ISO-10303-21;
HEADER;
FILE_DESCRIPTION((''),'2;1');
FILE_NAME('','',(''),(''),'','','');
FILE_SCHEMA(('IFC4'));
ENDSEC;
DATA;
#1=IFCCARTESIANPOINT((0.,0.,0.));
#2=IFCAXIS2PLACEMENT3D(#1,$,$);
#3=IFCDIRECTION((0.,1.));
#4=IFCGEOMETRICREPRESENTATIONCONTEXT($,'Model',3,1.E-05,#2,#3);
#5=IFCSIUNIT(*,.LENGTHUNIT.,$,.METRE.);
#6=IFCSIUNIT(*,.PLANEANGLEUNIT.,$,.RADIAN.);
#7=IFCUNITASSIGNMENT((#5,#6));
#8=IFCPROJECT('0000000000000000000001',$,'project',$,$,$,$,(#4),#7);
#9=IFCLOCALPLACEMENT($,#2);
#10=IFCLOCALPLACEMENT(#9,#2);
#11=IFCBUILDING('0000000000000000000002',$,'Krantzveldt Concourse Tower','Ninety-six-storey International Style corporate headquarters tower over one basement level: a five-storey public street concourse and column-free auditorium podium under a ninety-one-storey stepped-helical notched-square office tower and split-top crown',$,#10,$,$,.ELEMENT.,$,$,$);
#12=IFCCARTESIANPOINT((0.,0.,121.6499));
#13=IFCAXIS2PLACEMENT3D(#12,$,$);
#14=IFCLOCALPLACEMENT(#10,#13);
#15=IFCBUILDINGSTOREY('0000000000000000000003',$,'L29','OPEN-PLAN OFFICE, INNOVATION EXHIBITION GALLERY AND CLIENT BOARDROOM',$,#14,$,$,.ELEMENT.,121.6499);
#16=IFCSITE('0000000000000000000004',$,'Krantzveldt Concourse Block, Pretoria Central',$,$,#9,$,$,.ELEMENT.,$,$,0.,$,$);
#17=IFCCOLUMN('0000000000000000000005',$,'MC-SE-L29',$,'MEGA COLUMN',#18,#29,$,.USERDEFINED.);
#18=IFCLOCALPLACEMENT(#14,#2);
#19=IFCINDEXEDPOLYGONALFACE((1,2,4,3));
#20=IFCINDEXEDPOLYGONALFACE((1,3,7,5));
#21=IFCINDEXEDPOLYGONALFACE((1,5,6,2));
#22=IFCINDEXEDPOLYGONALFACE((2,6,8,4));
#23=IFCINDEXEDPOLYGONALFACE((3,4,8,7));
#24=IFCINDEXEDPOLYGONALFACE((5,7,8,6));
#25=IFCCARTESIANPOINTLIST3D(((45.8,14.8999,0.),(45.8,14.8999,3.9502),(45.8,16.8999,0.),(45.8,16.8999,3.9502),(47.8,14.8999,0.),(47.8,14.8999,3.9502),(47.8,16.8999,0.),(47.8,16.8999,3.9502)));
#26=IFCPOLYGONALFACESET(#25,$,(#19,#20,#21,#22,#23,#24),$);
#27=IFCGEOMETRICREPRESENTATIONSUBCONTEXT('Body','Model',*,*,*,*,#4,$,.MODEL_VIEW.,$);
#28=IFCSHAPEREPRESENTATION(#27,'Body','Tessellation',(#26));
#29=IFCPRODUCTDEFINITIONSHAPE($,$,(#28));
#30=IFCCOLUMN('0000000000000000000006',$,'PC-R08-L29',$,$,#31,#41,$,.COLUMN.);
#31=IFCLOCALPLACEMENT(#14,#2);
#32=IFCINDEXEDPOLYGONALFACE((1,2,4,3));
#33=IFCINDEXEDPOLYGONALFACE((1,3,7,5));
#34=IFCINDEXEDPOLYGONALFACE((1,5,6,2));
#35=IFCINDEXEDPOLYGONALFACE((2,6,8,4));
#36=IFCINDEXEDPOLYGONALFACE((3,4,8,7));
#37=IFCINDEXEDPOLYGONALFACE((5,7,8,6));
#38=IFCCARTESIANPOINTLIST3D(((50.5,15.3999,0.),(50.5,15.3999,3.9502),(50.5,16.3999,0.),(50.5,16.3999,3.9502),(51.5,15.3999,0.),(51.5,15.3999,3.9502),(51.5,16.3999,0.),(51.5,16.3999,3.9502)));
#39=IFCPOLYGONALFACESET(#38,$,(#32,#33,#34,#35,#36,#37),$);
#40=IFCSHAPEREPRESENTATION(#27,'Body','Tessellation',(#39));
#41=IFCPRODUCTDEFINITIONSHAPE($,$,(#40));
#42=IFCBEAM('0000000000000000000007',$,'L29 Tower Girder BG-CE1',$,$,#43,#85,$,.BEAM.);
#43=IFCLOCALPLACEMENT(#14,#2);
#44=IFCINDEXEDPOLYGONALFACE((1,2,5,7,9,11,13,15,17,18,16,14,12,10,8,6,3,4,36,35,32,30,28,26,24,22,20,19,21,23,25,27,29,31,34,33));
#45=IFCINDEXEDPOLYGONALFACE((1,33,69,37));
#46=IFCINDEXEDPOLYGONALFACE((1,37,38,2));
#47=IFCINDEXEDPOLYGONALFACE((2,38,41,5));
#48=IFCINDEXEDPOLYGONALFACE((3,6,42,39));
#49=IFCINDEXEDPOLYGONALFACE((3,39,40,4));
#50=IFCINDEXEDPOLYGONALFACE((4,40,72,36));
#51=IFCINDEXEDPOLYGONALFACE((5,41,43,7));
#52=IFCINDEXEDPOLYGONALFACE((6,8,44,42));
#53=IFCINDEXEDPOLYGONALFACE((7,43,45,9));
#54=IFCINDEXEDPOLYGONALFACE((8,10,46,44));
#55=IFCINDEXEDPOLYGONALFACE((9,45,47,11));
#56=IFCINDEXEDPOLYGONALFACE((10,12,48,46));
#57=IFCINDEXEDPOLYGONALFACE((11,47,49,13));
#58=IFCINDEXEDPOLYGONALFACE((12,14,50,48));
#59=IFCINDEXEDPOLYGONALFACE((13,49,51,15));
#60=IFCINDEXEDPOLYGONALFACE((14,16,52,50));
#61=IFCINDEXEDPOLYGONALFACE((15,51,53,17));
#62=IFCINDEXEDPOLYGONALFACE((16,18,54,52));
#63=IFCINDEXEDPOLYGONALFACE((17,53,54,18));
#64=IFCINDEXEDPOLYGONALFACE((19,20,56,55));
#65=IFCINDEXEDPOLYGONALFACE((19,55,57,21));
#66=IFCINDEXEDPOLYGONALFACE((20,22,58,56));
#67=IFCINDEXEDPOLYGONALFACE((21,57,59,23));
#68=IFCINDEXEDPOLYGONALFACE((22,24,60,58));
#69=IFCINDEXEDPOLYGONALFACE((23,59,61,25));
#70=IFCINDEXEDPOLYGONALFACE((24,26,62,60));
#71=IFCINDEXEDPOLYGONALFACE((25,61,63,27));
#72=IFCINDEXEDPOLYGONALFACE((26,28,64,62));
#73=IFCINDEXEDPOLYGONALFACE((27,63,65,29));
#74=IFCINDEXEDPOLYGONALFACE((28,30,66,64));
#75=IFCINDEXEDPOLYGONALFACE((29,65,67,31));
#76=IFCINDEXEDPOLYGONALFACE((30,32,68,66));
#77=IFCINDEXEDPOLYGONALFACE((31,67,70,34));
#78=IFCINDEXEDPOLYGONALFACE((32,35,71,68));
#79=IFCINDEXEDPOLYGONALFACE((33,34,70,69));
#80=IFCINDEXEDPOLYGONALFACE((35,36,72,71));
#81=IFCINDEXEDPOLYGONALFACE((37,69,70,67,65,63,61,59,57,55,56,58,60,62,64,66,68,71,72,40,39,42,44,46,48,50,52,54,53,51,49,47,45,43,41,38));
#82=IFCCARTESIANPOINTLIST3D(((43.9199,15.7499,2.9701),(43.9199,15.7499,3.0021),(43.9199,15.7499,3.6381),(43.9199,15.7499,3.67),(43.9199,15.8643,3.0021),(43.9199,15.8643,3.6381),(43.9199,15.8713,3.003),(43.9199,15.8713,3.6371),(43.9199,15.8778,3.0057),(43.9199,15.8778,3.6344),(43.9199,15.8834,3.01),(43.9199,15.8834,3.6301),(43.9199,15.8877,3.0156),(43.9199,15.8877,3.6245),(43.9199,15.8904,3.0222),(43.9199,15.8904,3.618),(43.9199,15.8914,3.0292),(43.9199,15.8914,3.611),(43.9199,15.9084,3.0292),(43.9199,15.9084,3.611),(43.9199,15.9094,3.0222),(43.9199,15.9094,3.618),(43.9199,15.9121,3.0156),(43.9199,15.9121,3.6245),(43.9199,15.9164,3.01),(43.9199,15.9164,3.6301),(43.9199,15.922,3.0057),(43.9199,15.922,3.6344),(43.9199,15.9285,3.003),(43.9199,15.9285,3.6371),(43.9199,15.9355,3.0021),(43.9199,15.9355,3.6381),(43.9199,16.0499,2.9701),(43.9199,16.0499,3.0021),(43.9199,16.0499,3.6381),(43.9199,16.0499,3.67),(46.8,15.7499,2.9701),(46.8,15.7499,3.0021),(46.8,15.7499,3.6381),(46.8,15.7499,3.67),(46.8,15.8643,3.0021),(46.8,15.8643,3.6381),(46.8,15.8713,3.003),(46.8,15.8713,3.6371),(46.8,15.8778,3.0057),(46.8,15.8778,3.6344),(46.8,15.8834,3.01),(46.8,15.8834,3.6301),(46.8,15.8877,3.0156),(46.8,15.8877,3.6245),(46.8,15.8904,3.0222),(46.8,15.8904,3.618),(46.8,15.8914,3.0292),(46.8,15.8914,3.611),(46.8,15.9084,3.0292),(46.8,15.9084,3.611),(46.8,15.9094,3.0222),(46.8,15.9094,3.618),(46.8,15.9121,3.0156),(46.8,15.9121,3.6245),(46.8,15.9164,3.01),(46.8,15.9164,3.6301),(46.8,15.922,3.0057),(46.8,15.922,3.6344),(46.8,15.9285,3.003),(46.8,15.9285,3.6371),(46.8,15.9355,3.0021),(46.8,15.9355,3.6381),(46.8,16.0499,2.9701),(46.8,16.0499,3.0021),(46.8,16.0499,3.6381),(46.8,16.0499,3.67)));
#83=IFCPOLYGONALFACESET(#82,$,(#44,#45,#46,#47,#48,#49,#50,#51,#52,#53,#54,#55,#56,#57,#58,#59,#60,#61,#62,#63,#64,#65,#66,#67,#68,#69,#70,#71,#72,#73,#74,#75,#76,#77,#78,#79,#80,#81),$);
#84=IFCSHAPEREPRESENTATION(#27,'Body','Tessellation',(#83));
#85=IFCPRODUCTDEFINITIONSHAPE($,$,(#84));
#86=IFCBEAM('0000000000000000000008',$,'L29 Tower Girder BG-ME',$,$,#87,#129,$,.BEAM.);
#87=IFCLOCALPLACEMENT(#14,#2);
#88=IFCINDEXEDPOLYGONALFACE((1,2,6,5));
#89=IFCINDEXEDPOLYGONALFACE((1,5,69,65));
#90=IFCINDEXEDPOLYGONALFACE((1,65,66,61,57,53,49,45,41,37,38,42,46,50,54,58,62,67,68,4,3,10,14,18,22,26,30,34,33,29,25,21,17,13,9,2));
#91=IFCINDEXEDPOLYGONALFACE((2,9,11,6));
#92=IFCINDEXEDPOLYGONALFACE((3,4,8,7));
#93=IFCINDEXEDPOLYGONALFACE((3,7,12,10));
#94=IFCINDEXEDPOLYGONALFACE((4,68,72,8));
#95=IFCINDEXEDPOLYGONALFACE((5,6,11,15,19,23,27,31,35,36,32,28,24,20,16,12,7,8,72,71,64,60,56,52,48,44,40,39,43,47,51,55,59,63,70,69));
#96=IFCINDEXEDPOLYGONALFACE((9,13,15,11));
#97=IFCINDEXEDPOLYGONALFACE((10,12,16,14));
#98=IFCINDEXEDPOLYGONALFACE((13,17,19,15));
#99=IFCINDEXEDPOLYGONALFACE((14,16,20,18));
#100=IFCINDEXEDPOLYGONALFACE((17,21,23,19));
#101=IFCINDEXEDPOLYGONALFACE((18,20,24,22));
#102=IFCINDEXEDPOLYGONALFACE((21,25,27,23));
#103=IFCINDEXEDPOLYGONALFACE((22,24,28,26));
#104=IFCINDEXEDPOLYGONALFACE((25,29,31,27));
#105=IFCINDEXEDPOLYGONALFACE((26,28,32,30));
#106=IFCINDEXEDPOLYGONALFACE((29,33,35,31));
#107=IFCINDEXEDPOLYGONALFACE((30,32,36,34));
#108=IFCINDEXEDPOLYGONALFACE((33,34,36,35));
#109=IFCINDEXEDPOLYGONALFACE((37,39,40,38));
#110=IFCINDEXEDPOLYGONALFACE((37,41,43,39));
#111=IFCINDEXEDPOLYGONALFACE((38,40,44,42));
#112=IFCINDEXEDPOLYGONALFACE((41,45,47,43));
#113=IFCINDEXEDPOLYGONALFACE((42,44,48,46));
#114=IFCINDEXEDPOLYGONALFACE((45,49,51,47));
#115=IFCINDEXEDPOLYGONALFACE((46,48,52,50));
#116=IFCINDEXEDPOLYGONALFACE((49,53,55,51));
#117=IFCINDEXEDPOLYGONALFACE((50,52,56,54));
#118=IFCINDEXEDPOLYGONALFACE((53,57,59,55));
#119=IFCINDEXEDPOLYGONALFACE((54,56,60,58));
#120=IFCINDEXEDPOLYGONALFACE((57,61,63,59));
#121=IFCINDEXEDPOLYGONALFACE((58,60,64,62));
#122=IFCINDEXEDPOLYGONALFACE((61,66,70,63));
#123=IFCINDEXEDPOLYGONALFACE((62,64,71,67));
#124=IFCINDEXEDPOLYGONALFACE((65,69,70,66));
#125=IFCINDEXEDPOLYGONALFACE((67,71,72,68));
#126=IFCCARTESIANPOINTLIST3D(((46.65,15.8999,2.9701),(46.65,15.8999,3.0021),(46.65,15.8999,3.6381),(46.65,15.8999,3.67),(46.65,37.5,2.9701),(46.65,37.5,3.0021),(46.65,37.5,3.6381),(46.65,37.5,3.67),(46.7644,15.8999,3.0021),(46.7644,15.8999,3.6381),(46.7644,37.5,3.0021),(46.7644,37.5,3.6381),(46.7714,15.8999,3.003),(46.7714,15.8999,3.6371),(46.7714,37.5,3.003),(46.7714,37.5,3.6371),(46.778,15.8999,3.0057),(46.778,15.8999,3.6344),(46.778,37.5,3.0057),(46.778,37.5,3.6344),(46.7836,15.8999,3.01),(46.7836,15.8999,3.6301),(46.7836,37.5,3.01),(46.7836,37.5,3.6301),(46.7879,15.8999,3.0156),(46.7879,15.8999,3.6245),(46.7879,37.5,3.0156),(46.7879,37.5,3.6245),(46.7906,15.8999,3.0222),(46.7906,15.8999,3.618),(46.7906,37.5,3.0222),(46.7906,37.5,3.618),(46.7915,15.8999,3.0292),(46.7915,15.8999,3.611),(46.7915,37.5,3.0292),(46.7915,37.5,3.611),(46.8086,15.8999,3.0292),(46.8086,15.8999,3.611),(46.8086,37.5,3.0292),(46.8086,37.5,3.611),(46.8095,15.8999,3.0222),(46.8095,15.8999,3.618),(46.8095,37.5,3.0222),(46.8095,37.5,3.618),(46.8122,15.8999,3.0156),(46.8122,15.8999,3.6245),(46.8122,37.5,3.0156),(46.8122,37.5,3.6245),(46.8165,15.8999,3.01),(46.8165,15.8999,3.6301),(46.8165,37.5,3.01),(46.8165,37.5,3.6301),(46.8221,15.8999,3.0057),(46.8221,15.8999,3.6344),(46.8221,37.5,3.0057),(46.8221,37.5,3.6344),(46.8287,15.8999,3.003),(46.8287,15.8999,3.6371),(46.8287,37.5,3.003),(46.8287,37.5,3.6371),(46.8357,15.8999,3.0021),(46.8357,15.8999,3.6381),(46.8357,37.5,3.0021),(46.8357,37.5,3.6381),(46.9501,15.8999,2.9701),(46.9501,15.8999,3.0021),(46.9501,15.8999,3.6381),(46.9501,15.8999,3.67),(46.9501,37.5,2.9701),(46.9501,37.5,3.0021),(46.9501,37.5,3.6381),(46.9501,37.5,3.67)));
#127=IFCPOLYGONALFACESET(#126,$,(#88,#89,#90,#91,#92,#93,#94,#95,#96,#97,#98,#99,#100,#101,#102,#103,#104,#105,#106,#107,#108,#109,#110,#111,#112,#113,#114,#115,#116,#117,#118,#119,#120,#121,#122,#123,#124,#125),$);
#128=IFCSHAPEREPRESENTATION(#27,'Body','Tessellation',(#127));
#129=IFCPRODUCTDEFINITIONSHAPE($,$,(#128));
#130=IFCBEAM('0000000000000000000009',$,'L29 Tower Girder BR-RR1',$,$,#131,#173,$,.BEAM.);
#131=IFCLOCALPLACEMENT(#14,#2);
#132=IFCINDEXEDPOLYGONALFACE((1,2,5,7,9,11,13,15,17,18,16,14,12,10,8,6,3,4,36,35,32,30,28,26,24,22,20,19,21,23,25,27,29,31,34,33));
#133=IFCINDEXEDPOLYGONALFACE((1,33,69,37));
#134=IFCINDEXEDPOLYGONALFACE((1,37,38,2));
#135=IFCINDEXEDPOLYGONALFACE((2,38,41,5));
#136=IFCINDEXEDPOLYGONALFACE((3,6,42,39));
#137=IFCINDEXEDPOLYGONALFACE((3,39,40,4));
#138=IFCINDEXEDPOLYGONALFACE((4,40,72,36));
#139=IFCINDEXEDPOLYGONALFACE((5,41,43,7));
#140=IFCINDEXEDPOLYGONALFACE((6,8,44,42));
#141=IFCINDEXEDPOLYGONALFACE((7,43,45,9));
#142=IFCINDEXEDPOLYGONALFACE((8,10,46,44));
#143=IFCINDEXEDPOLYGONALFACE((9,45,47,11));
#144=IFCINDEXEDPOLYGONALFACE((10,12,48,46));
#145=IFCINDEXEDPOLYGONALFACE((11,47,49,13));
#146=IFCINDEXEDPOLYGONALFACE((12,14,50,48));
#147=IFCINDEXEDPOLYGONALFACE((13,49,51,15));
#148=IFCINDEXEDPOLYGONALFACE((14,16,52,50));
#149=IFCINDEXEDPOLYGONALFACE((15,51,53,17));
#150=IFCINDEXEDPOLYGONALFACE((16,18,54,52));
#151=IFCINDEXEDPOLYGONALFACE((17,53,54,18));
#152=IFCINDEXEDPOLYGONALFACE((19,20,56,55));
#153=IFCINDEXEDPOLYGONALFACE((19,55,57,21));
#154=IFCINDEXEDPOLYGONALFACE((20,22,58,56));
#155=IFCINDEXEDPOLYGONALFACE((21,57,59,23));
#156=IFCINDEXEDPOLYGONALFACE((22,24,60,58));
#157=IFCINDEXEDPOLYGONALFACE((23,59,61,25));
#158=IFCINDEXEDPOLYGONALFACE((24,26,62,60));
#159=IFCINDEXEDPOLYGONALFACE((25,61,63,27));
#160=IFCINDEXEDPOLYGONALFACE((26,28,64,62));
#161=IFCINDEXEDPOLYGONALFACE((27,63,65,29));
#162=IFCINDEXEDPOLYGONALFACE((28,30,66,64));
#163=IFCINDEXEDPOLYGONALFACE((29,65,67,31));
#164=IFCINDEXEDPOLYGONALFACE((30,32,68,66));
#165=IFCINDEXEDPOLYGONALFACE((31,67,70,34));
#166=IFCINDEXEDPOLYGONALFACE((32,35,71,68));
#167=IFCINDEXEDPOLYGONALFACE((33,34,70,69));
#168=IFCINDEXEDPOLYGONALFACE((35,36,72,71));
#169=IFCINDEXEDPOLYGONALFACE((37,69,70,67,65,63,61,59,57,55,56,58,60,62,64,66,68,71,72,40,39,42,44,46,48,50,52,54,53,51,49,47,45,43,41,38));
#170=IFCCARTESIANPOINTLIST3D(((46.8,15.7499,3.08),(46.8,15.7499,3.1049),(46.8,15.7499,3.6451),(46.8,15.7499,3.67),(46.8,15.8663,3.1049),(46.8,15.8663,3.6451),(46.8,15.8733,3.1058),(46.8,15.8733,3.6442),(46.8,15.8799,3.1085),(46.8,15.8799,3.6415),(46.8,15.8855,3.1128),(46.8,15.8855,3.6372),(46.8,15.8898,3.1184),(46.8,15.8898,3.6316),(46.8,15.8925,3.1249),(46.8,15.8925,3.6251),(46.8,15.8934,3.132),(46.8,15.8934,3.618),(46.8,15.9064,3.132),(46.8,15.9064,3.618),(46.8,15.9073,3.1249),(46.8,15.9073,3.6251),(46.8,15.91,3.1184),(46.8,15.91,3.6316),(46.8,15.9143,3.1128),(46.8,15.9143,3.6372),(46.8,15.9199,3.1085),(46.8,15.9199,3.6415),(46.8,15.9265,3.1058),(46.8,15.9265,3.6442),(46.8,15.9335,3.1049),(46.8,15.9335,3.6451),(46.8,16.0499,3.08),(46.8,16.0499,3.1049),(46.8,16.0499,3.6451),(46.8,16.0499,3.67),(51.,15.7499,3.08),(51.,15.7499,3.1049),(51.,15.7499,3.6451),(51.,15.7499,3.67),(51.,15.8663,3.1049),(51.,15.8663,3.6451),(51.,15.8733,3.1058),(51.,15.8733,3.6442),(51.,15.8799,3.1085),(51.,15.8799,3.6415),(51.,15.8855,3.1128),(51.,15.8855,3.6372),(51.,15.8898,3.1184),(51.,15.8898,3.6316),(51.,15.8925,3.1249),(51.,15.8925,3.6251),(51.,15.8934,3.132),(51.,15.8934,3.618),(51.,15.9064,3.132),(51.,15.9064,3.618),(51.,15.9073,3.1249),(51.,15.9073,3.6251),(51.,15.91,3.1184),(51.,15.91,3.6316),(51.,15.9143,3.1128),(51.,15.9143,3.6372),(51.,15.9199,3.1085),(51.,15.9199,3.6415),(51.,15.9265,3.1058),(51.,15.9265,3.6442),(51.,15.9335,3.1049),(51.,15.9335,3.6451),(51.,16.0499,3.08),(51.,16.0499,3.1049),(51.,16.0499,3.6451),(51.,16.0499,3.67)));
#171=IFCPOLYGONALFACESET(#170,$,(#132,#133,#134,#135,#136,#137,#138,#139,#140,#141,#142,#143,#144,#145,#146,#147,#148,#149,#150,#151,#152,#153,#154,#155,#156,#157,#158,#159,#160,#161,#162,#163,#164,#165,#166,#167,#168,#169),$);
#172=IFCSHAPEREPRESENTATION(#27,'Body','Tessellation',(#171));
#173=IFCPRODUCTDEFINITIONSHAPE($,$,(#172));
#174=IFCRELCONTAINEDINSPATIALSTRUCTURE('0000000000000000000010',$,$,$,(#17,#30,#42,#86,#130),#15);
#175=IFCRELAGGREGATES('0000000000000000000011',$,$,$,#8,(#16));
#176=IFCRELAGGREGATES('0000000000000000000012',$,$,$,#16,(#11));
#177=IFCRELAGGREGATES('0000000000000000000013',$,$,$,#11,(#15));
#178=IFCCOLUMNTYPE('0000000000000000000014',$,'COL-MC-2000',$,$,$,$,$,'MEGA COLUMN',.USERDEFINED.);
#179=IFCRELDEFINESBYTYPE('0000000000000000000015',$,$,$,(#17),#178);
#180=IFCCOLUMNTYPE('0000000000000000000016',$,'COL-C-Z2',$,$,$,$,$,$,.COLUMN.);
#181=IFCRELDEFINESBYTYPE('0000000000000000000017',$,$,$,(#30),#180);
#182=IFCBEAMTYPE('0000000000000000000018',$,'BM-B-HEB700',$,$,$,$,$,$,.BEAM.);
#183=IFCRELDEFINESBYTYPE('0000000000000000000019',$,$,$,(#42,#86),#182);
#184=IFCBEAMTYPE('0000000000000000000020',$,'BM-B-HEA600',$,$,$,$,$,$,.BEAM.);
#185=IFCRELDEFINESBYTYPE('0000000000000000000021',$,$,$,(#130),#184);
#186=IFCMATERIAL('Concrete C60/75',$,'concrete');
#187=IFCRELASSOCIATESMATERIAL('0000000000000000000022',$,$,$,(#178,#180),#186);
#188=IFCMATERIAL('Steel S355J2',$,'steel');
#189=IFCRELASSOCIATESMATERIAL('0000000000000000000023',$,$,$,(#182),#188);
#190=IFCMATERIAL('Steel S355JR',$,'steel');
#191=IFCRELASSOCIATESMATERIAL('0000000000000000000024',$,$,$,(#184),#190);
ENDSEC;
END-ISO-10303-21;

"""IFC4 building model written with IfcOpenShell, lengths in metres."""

from ifc_helpers import new_model, si_unit, direction, frame, origin, origin_2d, place, context, subcontext, project, spatial, rectangle, i_section, extrude, source, transform, mapped, material, material_profile, profile_set, type_object, type_shapes, element, save


model = new_model("IFC4")

# Units and contexts
model_context = context("Model", 3, precision=1e-05, world=origin(), true_north=direction((0.0, 1.0)))
body_context = subcontext(model_context, "Body", "Model", "MODEL_VIEW")
ifc_project = project(units=[si_unit("LENGTHUNIT", "METRE"), si_unit("PLANEANGLEUNIT", "RADIAN")], contexts=[model_context])

# Site, building, storey
site_placement = place(None, origin())
site = spatial("IfcSite", under=ifc_project, at=site_placement, Name="Krantzveldt Concourse Block, Pretoria Central", CompositionType="ELEMENT", RefElevation=0.0)
building_placement = place(site_placement, origin())
building = spatial("IfcBuilding", under=site, at=building_placement, Name="Krantzveldt Concourse Tower", Description="Ninety-six-storey International Style corporate headquarters tower over one basement level: a five-storey public street concourse and column-free auditorium podium under a ninety-one-storey stepped-helical notched-square office tower and split-top crown", CompositionType="ELEMENT")
storey_placement = place(building_placement, frame((0.0, 0.0, 121.6499)))
storey = spatial("IfcBuildingStorey", under=building, at=storey_placement, Name="L29", Description="OPEN-PLAN OFFICE, INNOVATION EXHIBITION GALLERY AND CLIENT BOARDROOM", CompositionType="ELEMENT", Elevation=121.6499)

# Columns
ifc_material_1 = material(Name="Concrete C60/75", Category="concrete")
ifc_material_profile_1 = material_profile(ifc_material_1, rectangle(XDim=2.0, YDim=2.0, at=origin_2d()), Name="Concrete C60/75", Category="concrete")
ifc_profile_set_1 = profile_set([ifc_material_profile_1], Name="Concrete C60/75 - RC 2000x2000")
column_type_1 = type_object("IfcColumnType", Name="COL-MC-2000", ElementType="MEGA COLUMN", PredefinedType="USERDEFINED", material=ifc_profile_set_1)
shared_shape_1 = source(origin(), body_context, "Body", "SweptSolid", [
    extrude(rectangle(XDim=2.0, YDim=2.0, at=origin_2d()), origin(), (0.0, 0.0, 1.0), 3.9502),
])
type_shapes(column_type_1, [shared_shape_1])
column_1_placement = place(storey_placement, frame((46.8, 15.8999, 0.0), z_axis=(0.0, 0.0, 1.0), x_axis=(1.0, 0.0, 0.0)))
element("IfcColumn", 1, at=column_1_placement, inside=storey, type_object=column_type_1, Name="MC-SE-L29", ObjectType="MEGA COLUMN", PredefinedType="USERDEFINED", context=body_context, shape_type="MappedRepresentation", body=[
    mapped(shared_shape_1, transform((0.0, 0.0, 0.0), x_axis=(1.0, 0.0, 0.0), y_axis=(0.0, 1.0, 0.0), z_axis=(0.0, 0.0, 1.0), scale=1.0)),
])
ifc_material_profile_2 = material_profile(ifc_material_1, rectangle(XDim=1.0, YDim=1.0, at=origin_2d()), Name="Concrete C60/75", Category="concrete")
ifc_profile_set_2 = profile_set([ifc_material_profile_2], Name="Concrete C60/75 - RC 1000x1000")
column_type_2 = type_object("IfcColumnType", Name="COL-C-Z2", PredefinedType="COLUMN", material=ifc_profile_set_2)
shared_shape_2 = source(origin(), body_context, "Body", "SweptSolid", [
    extrude(rectangle(XDim=1.0, YDim=1.0, at=origin_2d()), origin(), (0.0, 0.0, 1.0), 3.9502),
])
type_shapes(column_type_2, [shared_shape_2])
column_2_placement = place(storey_placement, frame((51.0, 15.8999, 0.0), z_axis=(0.0, 0.0, 1.0), x_axis=(1.0, 0.0, 0.0)))
element("IfcColumn", 2, at=column_2_placement, inside=storey, type_object=column_type_2, Name="PC-R08-L29", PredefinedType="COLUMN", context=body_context, shape_type="MappedRepresentation", body=[
    mapped(shared_shape_2, transform((0.0, 0.0, 0.0), x_axis=(1.0, 0.0, 0.0), y_axis=(0.0, 1.0, 0.0), z_axis=(0.0, 0.0, 1.0), scale=1.0)),
])

# Beams
ifc_material_2 = material(Name="Steel S355J2", Category="steel")
ifc_material_profile_3 = material_profile(ifc_material_2, i_section(OverallWidth=0.3, OverallDepth=0.7, WebThickness=0.0171, FlangeThickness=0.032, FilletRadius=0.0271, at=origin_2d()), Name="Steel S355J2", Category="steel")
ifc_profile_set_3 = profile_set([ifc_material_profile_3], Name="Steel S355J2 - HEB 700")
beam_type_1 = type_object("IfcBeamType", Name="BM-B-HEB700", PredefinedType="BEAM", material=ifc_profile_set_3)
shared_shape_3 = source(origin(), body_context, "Body", "SweptSolid", [
    extrude(i_section(OverallWidth=0.3, OverallDepth=0.7, WebThickness=0.0171, FlangeThickness=0.032, FilletRadius=0.0271, at=origin_2d()), origin(), (0.0, 0.0, 1.0), 2.8801),
])
beam_1_placement = place(storey_placement, frame((43.9199, 15.8999, 3.3201), z_axis=(1.0, 0.0, 0.0), x_axis=(0.0, 1.0, 0.0)))
element("IfcBeam", 3, at=beam_1_placement, inside=storey, type_object=beam_type_1, Name="L29 Tower Girder BG-CE1", PredefinedType="BEAM", context=body_context, shape_type="MappedRepresentation", body=[
    mapped(shared_shape_3, transform((0.0, 0.0, 0.0), x_axis=(1.0, 0.0, 0.0), y_axis=(0.0, 1.0, 0.0), z_axis=(0.0, 0.0, 1.0), scale=1.0)),
])
shared_shape_4 = source(origin(), body_context, "Body", "SweptSolid", [
    extrude(i_section(OverallWidth=0.3, OverallDepth=0.7, WebThickness=0.0171, FlangeThickness=0.032, FilletRadius=0.0271, at=origin_2d()), origin(), (0.0, 0.0, 1.0), 21.6001),
])
type_shapes(beam_type_1, [shared_shape_3, shared_shape_4])
beam_2_placement = place(storey_placement, frame((46.8, 15.8999, 3.3201), z_axis=(0.0, 1.0, 0.0), x_axis=(-1.0, 0.0, 0.0)))
element("IfcBeam", 4, at=beam_2_placement, inside=storey, type_object=beam_type_1, Name="L29 Tower Girder BG-ME", PredefinedType="BEAM", context=body_context, shape_type="MappedRepresentation", body=[
    mapped(shared_shape_4, transform((0.0, 0.0, 0.0), x_axis=(1.0, 0.0, 0.0), y_axis=(0.0, 1.0, 0.0), z_axis=(0.0, 0.0, 1.0), scale=1.0)),
])
ifc_material_3 = material(Name="Steel S355JR", Category="steel")
ifc_material_profile_4 = material_profile(ifc_material_3, i_section(OverallWidth=0.3, OverallDepth=0.5901, WebThickness=0.0129, FlangeThickness=0.0249, FilletRadius=0.0271, at=origin_2d()), Name="Steel S355JR", Category="steel")
ifc_profile_set_4 = profile_set([ifc_material_profile_4], Name="Steel S355JR - HEA 600")
beam_type_2 = type_object("IfcBeamType", Name="BM-B-HEA600", PredefinedType="BEAM", material=ifc_profile_set_4)
shared_shape_5 = source(origin(), body_context, "Body", "SweptSolid", [
    extrude(i_section(OverallWidth=0.3, OverallDepth=0.5901, WebThickness=0.0129, FlangeThickness=0.0249, FilletRadius=0.0271, at=origin_2d()), origin(), (0.0, 0.0, 1.0), 4.2),
])
beam_3_placement = place(storey_placement, frame((46.8, 15.8999, 3.375), z_axis=(1.0, 0.0, 0.0), x_axis=(0.0, 1.0, 0.0)))
element("IfcBeam", 5, at=beam_3_placement, inside=storey, type_object=beam_type_2, Name="L29 Tower Girder BR-RR1", PredefinedType="BEAM", context=body_context, shape_type="MappedRepresentation", body=[
    mapped(shared_shape_5, transform((0.0, 0.0, 0.0), x_axis=(1.0, 0.0, 0.0), y_axis=(0.0, 1.0, 0.0), z_axis=(0.0, 0.0, 1.0), scale=1.0)),
])

save(model, "model.ifc")
